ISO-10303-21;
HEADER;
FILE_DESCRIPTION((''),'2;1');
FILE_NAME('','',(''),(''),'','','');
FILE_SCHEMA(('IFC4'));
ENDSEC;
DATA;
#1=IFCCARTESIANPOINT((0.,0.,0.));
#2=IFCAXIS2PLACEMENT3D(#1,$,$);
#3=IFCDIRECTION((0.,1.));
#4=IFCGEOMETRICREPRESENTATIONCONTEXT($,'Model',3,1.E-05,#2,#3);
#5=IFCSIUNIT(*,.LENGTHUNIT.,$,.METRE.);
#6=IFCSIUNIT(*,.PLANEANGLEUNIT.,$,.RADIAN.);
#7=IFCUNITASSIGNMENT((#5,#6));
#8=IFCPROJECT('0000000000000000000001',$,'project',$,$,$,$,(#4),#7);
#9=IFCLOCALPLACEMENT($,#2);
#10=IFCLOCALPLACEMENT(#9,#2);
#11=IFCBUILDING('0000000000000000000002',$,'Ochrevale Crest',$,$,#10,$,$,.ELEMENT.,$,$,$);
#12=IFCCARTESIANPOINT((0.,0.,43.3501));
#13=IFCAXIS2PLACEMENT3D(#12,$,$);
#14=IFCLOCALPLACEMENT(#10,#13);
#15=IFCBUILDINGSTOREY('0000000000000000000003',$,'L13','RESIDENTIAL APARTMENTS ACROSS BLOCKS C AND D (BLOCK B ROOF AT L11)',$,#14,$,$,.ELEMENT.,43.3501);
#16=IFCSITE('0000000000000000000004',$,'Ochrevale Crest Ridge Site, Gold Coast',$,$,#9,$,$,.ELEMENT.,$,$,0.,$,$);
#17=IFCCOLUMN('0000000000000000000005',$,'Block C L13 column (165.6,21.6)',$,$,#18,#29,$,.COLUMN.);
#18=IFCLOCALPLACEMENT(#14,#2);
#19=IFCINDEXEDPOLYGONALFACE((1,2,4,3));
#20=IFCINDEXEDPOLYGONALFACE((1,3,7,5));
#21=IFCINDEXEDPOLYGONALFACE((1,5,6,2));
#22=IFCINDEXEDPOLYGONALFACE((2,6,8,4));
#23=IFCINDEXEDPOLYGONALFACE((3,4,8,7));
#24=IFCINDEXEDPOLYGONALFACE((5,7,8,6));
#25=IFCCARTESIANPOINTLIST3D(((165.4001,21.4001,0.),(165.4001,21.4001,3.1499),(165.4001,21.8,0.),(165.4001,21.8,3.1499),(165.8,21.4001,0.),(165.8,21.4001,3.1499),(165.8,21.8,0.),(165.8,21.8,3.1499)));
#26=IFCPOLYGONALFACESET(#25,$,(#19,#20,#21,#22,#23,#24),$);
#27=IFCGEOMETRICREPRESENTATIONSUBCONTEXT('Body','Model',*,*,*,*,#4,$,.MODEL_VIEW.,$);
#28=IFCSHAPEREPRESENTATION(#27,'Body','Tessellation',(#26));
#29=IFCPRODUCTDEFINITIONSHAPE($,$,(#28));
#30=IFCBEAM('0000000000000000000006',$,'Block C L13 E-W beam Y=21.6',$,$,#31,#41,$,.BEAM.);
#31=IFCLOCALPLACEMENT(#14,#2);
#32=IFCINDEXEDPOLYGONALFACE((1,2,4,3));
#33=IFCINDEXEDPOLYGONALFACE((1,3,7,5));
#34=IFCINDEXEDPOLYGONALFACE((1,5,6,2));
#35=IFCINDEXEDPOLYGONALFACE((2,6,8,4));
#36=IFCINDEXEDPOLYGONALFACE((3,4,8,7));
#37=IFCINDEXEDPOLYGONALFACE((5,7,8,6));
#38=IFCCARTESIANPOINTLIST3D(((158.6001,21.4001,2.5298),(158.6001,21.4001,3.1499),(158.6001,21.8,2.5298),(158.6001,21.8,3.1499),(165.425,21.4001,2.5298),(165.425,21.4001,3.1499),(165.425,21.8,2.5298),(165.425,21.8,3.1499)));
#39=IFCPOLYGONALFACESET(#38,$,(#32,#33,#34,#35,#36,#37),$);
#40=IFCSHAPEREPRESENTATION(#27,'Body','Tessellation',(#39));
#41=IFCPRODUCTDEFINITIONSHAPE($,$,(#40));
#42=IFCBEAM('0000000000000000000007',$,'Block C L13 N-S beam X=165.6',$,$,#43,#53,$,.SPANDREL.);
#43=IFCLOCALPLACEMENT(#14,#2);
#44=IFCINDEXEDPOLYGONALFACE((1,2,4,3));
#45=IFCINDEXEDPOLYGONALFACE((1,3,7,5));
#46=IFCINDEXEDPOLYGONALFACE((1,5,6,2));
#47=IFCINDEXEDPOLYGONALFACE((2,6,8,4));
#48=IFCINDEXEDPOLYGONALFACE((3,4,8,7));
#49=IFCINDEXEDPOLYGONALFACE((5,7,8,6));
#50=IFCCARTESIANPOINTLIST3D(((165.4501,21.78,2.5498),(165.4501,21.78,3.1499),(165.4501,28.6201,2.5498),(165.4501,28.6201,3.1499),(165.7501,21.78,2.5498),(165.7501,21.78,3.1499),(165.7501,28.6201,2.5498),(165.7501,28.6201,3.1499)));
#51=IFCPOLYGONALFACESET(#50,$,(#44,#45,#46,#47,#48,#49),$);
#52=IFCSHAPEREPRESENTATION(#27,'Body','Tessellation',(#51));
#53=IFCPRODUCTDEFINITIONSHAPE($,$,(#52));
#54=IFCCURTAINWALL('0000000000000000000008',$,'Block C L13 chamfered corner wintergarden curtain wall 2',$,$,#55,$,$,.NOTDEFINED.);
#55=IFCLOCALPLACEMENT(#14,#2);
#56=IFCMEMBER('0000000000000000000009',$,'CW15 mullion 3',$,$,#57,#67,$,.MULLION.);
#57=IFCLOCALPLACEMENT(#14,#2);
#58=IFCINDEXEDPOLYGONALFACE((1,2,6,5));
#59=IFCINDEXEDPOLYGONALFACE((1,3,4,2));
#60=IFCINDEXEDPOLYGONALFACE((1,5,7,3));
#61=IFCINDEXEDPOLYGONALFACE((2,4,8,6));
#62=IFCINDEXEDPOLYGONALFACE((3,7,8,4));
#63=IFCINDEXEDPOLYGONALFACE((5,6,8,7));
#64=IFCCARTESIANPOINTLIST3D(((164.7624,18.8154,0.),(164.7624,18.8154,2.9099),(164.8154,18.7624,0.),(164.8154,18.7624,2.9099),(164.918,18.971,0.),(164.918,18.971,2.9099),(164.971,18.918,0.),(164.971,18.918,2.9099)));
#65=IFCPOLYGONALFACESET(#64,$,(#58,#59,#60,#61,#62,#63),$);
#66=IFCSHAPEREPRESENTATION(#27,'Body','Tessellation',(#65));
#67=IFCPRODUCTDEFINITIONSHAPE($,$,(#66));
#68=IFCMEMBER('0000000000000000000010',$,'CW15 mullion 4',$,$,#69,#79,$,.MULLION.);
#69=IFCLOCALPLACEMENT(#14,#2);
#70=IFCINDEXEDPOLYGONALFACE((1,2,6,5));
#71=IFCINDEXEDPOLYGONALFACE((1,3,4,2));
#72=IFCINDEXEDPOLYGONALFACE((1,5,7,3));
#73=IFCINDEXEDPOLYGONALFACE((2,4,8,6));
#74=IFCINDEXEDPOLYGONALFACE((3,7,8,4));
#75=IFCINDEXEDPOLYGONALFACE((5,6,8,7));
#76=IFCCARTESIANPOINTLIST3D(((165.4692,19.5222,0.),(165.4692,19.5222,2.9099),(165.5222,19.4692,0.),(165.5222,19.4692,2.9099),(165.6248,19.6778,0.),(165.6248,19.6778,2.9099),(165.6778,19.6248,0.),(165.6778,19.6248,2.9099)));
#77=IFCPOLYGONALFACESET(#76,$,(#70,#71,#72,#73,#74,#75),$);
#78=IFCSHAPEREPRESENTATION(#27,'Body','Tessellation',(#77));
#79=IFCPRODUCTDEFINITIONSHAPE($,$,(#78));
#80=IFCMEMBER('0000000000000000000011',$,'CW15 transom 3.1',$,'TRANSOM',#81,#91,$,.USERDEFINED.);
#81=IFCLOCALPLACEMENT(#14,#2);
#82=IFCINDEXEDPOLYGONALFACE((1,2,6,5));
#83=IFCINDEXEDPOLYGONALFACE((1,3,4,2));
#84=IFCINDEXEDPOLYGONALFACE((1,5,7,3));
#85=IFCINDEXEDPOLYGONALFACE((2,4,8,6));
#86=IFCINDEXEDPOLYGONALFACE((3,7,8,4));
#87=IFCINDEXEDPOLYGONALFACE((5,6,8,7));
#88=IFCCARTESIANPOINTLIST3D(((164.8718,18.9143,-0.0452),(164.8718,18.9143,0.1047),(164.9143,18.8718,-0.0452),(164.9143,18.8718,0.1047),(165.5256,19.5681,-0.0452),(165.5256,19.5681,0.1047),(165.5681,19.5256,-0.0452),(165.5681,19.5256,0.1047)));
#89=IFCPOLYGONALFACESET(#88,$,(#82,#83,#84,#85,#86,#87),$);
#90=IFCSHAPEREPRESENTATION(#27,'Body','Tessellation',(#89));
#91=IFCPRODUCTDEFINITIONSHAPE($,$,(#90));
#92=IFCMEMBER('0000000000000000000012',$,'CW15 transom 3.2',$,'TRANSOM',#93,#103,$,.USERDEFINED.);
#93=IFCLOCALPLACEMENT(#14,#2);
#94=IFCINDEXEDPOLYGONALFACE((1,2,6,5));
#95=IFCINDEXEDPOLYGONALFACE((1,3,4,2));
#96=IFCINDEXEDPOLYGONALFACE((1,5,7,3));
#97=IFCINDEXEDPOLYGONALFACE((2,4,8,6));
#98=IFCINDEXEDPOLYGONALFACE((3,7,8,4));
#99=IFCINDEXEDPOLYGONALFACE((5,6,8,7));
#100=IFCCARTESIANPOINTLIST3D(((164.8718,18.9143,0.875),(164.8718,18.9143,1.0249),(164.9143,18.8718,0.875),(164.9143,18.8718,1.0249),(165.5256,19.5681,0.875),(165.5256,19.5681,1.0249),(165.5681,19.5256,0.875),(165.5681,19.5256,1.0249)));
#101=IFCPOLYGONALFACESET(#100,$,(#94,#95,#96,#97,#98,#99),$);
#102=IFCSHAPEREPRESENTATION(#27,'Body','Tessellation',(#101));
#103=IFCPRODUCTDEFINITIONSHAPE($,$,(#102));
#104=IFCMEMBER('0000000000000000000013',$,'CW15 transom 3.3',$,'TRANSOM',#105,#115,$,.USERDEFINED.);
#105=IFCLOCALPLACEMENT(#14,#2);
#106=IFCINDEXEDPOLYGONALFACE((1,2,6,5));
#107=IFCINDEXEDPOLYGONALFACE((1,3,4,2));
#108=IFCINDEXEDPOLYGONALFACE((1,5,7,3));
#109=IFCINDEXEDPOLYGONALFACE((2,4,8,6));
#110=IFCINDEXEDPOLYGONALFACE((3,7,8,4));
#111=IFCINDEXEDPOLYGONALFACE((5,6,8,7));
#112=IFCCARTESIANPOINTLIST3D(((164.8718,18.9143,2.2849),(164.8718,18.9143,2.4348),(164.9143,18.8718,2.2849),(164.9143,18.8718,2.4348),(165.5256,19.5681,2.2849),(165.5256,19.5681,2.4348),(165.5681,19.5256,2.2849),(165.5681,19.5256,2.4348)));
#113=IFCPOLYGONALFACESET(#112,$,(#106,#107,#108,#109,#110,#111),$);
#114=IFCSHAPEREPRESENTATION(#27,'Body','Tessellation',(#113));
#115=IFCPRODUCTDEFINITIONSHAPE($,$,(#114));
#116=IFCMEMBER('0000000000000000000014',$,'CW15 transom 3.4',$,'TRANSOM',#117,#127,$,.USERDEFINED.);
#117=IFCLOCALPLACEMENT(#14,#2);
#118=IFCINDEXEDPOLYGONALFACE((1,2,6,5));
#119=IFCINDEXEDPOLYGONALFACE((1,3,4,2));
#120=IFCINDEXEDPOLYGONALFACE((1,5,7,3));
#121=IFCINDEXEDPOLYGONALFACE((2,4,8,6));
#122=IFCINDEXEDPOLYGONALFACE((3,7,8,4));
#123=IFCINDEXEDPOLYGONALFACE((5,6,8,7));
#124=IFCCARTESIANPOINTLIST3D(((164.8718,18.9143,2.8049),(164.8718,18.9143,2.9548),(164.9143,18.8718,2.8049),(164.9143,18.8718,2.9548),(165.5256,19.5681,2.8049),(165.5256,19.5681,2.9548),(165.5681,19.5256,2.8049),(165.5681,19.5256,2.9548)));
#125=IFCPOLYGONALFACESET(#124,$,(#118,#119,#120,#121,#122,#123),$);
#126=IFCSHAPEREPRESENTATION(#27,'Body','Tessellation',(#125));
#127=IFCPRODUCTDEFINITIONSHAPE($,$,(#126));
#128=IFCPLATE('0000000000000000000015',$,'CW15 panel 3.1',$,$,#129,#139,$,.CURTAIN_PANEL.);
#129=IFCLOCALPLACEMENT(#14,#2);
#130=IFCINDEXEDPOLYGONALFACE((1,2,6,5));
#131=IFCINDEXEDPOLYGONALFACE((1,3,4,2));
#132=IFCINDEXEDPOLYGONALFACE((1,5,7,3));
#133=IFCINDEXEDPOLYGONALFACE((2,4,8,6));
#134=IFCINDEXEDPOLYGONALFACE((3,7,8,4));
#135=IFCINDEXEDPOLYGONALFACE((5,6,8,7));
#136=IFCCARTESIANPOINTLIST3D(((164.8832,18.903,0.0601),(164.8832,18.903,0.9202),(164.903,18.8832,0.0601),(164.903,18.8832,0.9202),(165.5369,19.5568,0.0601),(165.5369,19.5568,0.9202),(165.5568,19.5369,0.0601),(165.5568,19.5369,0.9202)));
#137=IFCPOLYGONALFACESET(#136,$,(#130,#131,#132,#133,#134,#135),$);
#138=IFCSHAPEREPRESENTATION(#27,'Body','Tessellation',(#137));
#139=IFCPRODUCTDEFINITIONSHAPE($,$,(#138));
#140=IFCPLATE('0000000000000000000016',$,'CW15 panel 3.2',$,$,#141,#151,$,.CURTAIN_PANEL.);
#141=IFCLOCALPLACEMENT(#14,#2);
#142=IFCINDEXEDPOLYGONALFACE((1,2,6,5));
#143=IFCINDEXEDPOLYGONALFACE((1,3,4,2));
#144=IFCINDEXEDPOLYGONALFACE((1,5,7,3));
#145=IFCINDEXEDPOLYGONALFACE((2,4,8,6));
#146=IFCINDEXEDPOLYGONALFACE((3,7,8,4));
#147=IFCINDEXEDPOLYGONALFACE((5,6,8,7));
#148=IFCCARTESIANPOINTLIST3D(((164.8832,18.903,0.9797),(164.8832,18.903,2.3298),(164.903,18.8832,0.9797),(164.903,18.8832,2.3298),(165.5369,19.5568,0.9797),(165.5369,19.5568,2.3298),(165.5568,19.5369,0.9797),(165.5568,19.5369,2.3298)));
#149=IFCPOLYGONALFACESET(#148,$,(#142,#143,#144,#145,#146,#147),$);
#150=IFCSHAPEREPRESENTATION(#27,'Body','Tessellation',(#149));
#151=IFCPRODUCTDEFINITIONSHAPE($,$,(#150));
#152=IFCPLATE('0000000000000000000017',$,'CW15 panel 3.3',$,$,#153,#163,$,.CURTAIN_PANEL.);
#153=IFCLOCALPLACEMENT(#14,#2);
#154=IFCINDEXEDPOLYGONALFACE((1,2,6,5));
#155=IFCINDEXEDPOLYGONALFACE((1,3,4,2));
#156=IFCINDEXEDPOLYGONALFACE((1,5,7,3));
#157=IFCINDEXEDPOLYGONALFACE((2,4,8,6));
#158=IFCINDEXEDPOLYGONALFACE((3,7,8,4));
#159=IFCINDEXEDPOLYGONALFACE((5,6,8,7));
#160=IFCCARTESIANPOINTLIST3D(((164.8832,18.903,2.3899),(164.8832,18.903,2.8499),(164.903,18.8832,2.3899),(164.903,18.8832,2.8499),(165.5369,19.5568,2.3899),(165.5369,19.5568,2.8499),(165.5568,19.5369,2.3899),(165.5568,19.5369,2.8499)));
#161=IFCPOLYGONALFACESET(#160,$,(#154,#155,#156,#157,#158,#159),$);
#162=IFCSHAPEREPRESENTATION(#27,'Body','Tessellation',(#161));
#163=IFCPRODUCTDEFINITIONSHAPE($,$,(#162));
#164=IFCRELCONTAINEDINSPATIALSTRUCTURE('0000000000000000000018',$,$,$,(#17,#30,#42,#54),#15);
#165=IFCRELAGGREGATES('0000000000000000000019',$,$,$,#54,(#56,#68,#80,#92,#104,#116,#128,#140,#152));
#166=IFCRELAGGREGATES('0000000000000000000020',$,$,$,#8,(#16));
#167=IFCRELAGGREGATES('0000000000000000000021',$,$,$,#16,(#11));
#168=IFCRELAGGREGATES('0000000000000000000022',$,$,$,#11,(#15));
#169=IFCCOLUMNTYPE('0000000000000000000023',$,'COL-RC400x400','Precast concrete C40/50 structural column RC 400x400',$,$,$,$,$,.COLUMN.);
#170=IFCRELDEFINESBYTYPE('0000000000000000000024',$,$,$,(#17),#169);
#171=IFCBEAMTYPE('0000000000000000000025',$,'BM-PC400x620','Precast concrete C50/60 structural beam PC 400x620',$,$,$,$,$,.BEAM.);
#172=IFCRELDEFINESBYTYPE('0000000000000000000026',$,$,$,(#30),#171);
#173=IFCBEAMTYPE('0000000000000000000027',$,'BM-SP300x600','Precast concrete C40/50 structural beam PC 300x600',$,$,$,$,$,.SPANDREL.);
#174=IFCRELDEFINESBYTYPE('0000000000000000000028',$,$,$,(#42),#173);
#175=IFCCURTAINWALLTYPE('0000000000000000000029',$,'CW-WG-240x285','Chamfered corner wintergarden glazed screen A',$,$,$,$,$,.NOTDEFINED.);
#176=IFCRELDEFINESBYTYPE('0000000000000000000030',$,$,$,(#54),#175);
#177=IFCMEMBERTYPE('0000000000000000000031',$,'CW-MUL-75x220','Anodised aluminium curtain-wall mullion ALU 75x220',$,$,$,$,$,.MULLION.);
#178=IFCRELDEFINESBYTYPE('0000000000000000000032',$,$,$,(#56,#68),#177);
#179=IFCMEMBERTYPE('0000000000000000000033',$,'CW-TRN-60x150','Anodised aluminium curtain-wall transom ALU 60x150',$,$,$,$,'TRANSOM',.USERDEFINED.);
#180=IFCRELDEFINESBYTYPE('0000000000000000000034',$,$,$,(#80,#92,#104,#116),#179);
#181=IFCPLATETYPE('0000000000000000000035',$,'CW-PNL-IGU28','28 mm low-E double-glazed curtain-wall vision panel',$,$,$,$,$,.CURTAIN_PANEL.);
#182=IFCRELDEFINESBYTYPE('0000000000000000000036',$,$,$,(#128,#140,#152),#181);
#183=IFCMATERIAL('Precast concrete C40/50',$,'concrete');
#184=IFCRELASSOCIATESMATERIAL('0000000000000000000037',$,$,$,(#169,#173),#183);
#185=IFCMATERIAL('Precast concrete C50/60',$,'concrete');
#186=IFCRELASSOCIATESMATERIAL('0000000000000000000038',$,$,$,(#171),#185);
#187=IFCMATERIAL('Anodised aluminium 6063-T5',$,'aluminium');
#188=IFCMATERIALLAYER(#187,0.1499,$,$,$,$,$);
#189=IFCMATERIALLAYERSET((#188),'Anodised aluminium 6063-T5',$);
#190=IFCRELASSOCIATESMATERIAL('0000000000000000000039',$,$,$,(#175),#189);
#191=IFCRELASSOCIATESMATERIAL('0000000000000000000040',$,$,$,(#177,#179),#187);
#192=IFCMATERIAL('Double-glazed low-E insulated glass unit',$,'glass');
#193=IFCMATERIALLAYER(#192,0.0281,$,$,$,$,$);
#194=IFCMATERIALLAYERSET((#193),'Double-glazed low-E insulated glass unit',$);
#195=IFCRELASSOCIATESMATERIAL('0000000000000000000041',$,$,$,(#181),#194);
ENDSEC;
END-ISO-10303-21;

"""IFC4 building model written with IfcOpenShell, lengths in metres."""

from ifc_helpers import new_model, si_unit, direction, frame, origin, origin_2d, place, context, subcontext, project, spatial, rectangle, extrude, material, layer, layer_set, material_profile, profile_set, type_object, element, aggregate, save


model = new_model("IFC4")

# Units and contexts
model_context = context("Model", 3, precision=1e-05, world=origin(), true_north=direction((0.0, 1.0)))
body_context = subcontext(model_context, "Body", "Model", "MODEL_VIEW")
ifc_project = project(units=[si_unit("LENGTHUNIT", "METRE"), si_unit("PLANEANGLEUNIT", "RADIAN")], contexts=[model_context])

# Site, building, storey
site_placement = place(None, origin())
site = spatial("IfcSite", under=ifc_project, at=site_placement, Name="Ochrevale Crest Ridge Site, Gold Coast", CompositionType="ELEMENT", RefElevation=0.0)
building_placement = place(site_placement, origin())
building = spatial("IfcBuilding", under=site, at=building_placement, Name="Ochrevale Crest", CompositionType="ELEMENT")
storey_placement = place(building_placement, frame((0.0, 0.0, 43.3501)))
storey = spatial("IfcBuildingStorey", under=building, at=storey_placement, Name="L13", Description="RESIDENTIAL APARTMENTS ACROSS BLOCKS C AND D (BLOCK B ROOF AT L11)", CompositionType="ELEMENT", Elevation=43.3501)

# Column
ifc_material_1 = material(Name="Precast concrete C40/50", Category="concrete")
ifc_material_profile_1 = material_profile(ifc_material_1, rectangle(XDim=0.3999, YDim=0.3999, at=origin_2d()), Name="RC 400x400")
ifc_profile_set_1 = profile_set([ifc_material_profile_1], Name="Precast concrete C40/50")
column_type = type_object("IfcColumnType", Name="COL-RC400x400", Description="Precast concrete C40/50 structural column RC 400x400", PredefinedType="COLUMN", material=ifc_profile_set_1)
column_placement = place(storey_placement, frame((165.6001, 21.6001, 0.0), z_axis=(0.0, 0.0, 1.0), x_axis=(1.0, 0.0, 0.0)))
element("IfcColumn", 1, at=column_placement, inside=storey, type_object=column_type, Name="Block C L13 column (165.6,21.6)", PredefinedType="COLUMN", context=body_context, shape_type="SweptSolid", body=[
    extrude(rectangle(XDim=0.3999, YDim=0.3999, at=origin_2d()), origin(), (0.0, 0.0, 1.0), 3.1499),
])

# Beams
ifc_material_2 = material(Name="Precast concrete C50/60", Category="concrete")
ifc_material_profile_2 = material_profile(ifc_material_2, rectangle(XDim=0.3999, YDim=0.6201, at=origin_2d()), Name="PC 400x620")
ifc_profile_set_2 = profile_set([ifc_material_profile_2], Name="Precast concrete C50/60")
beam_type_1 = type_object("IfcBeamType", Name="BM-PC400x620", Description="Precast concrete C50/60 structural beam PC 400x620", PredefinedType="BEAM", material=ifc_profile_set_2)
beam_1_placement = place(storey_placement, frame((158.6001, 21.6001, 2.8398), z_axis=(1.0, 0.0, 0.0), x_axis=(0.0, 1.0, 0.0)))
element("IfcBeam", 2, at=beam_1_placement, inside=storey, type_object=beam_type_1, Name="Block C L13 E-W beam Y=21.6", PredefinedType="BEAM", context=body_context, shape_type="SweptSolid", body=[
    extrude(rectangle(XDim=0.3999, YDim=0.6201, at=origin_2d()), origin(), (0.0, 0.0, 1.0), 6.825),
])
ifc_material_profile_3 = material_profile(ifc_material_1, rectangle(XDim=0.3, YDim=0.6001, at=origin_2d()), Name="PC 300x600")
ifc_profile_set_3 = profile_set([ifc_material_profile_3], Name="Precast concrete C40/50")
beam_type_2 = type_object("IfcBeamType", Name="BM-SP300x600", Description="Precast concrete C40/50 structural beam PC 300x600", PredefinedType="SPANDREL", material=ifc_profile_set_3)
beam_2_placement = place(storey_placement, frame((165.6001, 21.78, 2.8499), z_axis=(0.0, 1.0, 0.0), x_axis=(-1.0, 0.0, 0.0)))
element("IfcBeam", 3, at=beam_2_placement, inside=storey, type_object=beam_type_2, Name="Block C L13 N-S beam X=165.6", PredefinedType="SPANDREL", context=body_context, shape_type="SweptSolid", body=[
    extrude(rectangle(XDim=0.3, YDim=0.6001, at=origin_2d()), origin(), (0.0, 0.0, 1.0), 6.8401),
])

# Curtain wall, members, plates
ifc_material_3 = material(Name="Anodised aluminium 6063-T5", Category="aluminium")
ifc_layer_1 = layer(ifc_material_3, 0.1499)
ifc_layer_set_1 = layer_set([ifc_layer_1], Name="Anodised aluminium 6063-T5")
curtain_wall_type = type_object("IfcCurtainWallType", Name="CW-WG-240x285", Description="Chamfered corner wintergarden glazed screen A", PredefinedType="NOTDEFINED", material=ifc_layer_set_1)
curtain_wall_placement = place(storey_placement, origin())
curtain_wall = element("IfcCurtainWall", 4, at=curtain_wall_placement, inside=storey, type_object=curtain_wall_type, Name="Block C L13 chamfered corner wintergarden curtain wall 2", PredefinedType="NOTDEFINED")
ifc_material_profile_4 = material_profile(ifc_material_3, rectangle(XDim=0.075, YDim=0.22, at=origin_2d()), Name="ALU 75x220")
ifc_profile_set_4 = profile_set([ifc_material_profile_4], Name="Anodised aluminium 6063-T5")
member_type_1 = type_object("IfcMemberType", Name="CW-MUL-75x220", Description="Anodised aluminium curtain-wall mullion ALU 75x220", PredefinedType="MULLION", material=ifc_profile_set_4)
member_1_placement = place(storey_placement, frame((164.8667, 18.8667, 0.0), z_axis=(0.0, 0.0, 1.0), x_axis=(-0.707107, 0.707107, 0.0)))
member_1 = element("IfcMember", 5, at=member_1_placement, type_object=member_type_1, Name="CW15 mullion 3", PredefinedType="MULLION", context=body_context, shape_type="SweptSolid", body=[
    extrude(rectangle(XDim=0.075, YDim=0.22, at=origin_2d()), origin(), (0.0, 0.0, 1.0), 2.9099),
])
member_2_placement = place(storey_placement, frame((165.5735, 19.5735, 0.0), z_axis=(0.0, 0.0, 1.0), x_axis=(-0.707107, 0.707107, 0.0)))
member_2 = element("IfcMember", 6, at=member_2_placement, type_object=member_type_1, Name="CW15 mullion 4", PredefinedType="MULLION", context=body_context, shape_type="SweptSolid", body=[
    extrude(rectangle(XDim=0.075, YDim=0.22, at=origin_2d()), origin(), (0.0, 0.0, 1.0), 2.9099),
])
ifc_material_profile_5 = material_profile(ifc_material_3, rectangle(XDim=0.0601, YDim=0.1499, at=origin_2d()), Name="ALU 60x150")
ifc_profile_set_5 = profile_set([ifc_material_profile_5], Name="Anodised aluminium 6063-T5")
member_type_2 = type_object("IfcMemberType", Name="CW-TRN-60x150", Description="Anodised aluminium curtain-wall transom ALU 60x150", ElementType="TRANSOM", PredefinedType="USERDEFINED", material=ifc_profile_set_5)
member_3_placement = place(storey_placement, frame((164.8931, 18.8931, 0.0298), z_axis=(0.707107, 0.707107, 0.0), x_axis=(-0.707107, 0.707107, 0.0)))
member_3 = element("IfcMember", 7, at=member_3_placement, type_object=member_type_2, Name="CW15 transom 3.1", ObjectType="TRANSOM", PredefinedType="USERDEFINED", context=body_context, shape_type="SweptSolid", body=[
    extrude(rectangle(XDim=0.0601, YDim=0.1499, at=origin_2d()), origin(), (0.0, 0.0, 1.0), 0.9246),
])
member_4_placement = place(storey_placement, frame((164.8931, 18.8931, 0.95), z_axis=(0.707107, 0.707107, 0.0), x_axis=(-0.707107, 0.707107, 0.0)))
member_4 = element("IfcMember", 8, at=member_4_placement, type_object=member_type_2, Name="CW15 transom 3.2", ObjectType="TRANSOM", PredefinedType="USERDEFINED", context=body_context, shape_type="SweptSolid", body=[
    extrude(rectangle(XDim=0.0601, YDim=0.1499, at=origin_2d()), origin(), (0.0, 0.0, 1.0), 0.9246),
])
member_5_placement = place(storey_placement, frame((164.8931, 18.8931, 2.3599), z_axis=(0.707107, 0.707107, 0.0), x_axis=(-0.707107, 0.707107, 0.0)))
member_5 = element("IfcMember", 9, at=member_5_placement, type_object=member_type_2, Name="CW15 transom 3.3", ObjectType="TRANSOM", PredefinedType="USERDEFINED", context=body_context, shape_type="SweptSolid", body=[
    extrude(rectangle(XDim=0.0601, YDim=0.1499, at=origin_2d()), origin(), (0.0, 0.0, 1.0), 0.9246),
])
member_6_placement = place(storey_placement, frame((164.8931, 18.8931, 2.8799), z_axis=(0.707107, 0.707107, 0.0), x_axis=(-0.707107, 0.707107, 0.0)))
member_6 = element("IfcMember", 10, at=member_6_placement, type_object=member_type_2, Name="CW15 transom 3.4", ObjectType="TRANSOM", PredefinedType="USERDEFINED", context=body_context, shape_type="SweptSolid", body=[
    extrude(rectangle(XDim=0.0601, YDim=0.1499, at=origin_2d()), origin(), (0.0, 0.0, 1.0), 0.9246),
])
ifc_material_4 = material(Name="Double-glazed low-E insulated glass unit", Category="glass")
ifc_layer_2 = layer(ifc_material_4, 0.0281)
ifc_layer_set_2 = layer_set([ifc_layer_2], Name="Double-glazed low-E insulated glass unit")
plate_type = type_object("IfcPlateType", Name="CW-PNL-IGU28", Description="28 mm low-E double-glazed curtain-wall vision panel", PredefinedType="CURTAIN_PANEL", material=ifc_layer_set_2)
plate_1_placement = place(storey_placement, frame((165.22, 19.22, 0.0601), z_axis=(0.0, 0.0, 1.0), x_axis=(0.707107, 0.707107, 0.0)))
plate_1 = element("IfcPlate", 11, at=plate_1_placement, type_object=plate_type, Name="CW15 panel 3.1", PredefinedType="CURTAIN_PANEL", context=body_context, shape_type="SweptSolid", body=[
    extrude(rectangle(XDim=0.9246, YDim=0.0281, at=origin_2d()), origin(), (0.0, 0.0, 1.0), 0.8601),
])
plate_2_placement = place(storey_placement, frame((165.22, 19.22, 0.9797), z_axis=(0.0, 0.0, 1.0), x_axis=(0.707107, 0.707107, 0.0)))
plate_2 = element("IfcPlate", 12, at=plate_2_placement, type_object=plate_type, Name="CW15 panel 3.2", PredefinedType="CURTAIN_PANEL", context=body_context, shape_type="SweptSolid", body=[
    extrude(rectangle(XDim=0.9246, YDim=0.0281, at=origin_2d()), origin(), (0.0, 0.0, 1.0), 1.3501),
])
plate_3_placement = place(storey_placement, frame((165.22, 19.22, 2.3899), z_axis=(0.0, 0.0, 1.0), x_axis=(0.707107, 0.707107, 0.0)))
plate_3 = element("IfcPlate", 13, at=plate_3_placement, type_object=plate_type, Name="CW15 panel 3.3", PredefinedType="CURTAIN_PANEL", context=body_context, shape_type="SweptSolid", body=[
    extrude(rectangle(XDim=0.9246, YDim=0.0281, at=origin_2d()), origin(), (0.0, 0.0, 1.0), 0.46),
])
aggregate(curtain_wall, [member_1, member_2, member_3, member_4, member_5, member_6, plate_1, plate_2, plate_3])

save(model, "model.ifc")
